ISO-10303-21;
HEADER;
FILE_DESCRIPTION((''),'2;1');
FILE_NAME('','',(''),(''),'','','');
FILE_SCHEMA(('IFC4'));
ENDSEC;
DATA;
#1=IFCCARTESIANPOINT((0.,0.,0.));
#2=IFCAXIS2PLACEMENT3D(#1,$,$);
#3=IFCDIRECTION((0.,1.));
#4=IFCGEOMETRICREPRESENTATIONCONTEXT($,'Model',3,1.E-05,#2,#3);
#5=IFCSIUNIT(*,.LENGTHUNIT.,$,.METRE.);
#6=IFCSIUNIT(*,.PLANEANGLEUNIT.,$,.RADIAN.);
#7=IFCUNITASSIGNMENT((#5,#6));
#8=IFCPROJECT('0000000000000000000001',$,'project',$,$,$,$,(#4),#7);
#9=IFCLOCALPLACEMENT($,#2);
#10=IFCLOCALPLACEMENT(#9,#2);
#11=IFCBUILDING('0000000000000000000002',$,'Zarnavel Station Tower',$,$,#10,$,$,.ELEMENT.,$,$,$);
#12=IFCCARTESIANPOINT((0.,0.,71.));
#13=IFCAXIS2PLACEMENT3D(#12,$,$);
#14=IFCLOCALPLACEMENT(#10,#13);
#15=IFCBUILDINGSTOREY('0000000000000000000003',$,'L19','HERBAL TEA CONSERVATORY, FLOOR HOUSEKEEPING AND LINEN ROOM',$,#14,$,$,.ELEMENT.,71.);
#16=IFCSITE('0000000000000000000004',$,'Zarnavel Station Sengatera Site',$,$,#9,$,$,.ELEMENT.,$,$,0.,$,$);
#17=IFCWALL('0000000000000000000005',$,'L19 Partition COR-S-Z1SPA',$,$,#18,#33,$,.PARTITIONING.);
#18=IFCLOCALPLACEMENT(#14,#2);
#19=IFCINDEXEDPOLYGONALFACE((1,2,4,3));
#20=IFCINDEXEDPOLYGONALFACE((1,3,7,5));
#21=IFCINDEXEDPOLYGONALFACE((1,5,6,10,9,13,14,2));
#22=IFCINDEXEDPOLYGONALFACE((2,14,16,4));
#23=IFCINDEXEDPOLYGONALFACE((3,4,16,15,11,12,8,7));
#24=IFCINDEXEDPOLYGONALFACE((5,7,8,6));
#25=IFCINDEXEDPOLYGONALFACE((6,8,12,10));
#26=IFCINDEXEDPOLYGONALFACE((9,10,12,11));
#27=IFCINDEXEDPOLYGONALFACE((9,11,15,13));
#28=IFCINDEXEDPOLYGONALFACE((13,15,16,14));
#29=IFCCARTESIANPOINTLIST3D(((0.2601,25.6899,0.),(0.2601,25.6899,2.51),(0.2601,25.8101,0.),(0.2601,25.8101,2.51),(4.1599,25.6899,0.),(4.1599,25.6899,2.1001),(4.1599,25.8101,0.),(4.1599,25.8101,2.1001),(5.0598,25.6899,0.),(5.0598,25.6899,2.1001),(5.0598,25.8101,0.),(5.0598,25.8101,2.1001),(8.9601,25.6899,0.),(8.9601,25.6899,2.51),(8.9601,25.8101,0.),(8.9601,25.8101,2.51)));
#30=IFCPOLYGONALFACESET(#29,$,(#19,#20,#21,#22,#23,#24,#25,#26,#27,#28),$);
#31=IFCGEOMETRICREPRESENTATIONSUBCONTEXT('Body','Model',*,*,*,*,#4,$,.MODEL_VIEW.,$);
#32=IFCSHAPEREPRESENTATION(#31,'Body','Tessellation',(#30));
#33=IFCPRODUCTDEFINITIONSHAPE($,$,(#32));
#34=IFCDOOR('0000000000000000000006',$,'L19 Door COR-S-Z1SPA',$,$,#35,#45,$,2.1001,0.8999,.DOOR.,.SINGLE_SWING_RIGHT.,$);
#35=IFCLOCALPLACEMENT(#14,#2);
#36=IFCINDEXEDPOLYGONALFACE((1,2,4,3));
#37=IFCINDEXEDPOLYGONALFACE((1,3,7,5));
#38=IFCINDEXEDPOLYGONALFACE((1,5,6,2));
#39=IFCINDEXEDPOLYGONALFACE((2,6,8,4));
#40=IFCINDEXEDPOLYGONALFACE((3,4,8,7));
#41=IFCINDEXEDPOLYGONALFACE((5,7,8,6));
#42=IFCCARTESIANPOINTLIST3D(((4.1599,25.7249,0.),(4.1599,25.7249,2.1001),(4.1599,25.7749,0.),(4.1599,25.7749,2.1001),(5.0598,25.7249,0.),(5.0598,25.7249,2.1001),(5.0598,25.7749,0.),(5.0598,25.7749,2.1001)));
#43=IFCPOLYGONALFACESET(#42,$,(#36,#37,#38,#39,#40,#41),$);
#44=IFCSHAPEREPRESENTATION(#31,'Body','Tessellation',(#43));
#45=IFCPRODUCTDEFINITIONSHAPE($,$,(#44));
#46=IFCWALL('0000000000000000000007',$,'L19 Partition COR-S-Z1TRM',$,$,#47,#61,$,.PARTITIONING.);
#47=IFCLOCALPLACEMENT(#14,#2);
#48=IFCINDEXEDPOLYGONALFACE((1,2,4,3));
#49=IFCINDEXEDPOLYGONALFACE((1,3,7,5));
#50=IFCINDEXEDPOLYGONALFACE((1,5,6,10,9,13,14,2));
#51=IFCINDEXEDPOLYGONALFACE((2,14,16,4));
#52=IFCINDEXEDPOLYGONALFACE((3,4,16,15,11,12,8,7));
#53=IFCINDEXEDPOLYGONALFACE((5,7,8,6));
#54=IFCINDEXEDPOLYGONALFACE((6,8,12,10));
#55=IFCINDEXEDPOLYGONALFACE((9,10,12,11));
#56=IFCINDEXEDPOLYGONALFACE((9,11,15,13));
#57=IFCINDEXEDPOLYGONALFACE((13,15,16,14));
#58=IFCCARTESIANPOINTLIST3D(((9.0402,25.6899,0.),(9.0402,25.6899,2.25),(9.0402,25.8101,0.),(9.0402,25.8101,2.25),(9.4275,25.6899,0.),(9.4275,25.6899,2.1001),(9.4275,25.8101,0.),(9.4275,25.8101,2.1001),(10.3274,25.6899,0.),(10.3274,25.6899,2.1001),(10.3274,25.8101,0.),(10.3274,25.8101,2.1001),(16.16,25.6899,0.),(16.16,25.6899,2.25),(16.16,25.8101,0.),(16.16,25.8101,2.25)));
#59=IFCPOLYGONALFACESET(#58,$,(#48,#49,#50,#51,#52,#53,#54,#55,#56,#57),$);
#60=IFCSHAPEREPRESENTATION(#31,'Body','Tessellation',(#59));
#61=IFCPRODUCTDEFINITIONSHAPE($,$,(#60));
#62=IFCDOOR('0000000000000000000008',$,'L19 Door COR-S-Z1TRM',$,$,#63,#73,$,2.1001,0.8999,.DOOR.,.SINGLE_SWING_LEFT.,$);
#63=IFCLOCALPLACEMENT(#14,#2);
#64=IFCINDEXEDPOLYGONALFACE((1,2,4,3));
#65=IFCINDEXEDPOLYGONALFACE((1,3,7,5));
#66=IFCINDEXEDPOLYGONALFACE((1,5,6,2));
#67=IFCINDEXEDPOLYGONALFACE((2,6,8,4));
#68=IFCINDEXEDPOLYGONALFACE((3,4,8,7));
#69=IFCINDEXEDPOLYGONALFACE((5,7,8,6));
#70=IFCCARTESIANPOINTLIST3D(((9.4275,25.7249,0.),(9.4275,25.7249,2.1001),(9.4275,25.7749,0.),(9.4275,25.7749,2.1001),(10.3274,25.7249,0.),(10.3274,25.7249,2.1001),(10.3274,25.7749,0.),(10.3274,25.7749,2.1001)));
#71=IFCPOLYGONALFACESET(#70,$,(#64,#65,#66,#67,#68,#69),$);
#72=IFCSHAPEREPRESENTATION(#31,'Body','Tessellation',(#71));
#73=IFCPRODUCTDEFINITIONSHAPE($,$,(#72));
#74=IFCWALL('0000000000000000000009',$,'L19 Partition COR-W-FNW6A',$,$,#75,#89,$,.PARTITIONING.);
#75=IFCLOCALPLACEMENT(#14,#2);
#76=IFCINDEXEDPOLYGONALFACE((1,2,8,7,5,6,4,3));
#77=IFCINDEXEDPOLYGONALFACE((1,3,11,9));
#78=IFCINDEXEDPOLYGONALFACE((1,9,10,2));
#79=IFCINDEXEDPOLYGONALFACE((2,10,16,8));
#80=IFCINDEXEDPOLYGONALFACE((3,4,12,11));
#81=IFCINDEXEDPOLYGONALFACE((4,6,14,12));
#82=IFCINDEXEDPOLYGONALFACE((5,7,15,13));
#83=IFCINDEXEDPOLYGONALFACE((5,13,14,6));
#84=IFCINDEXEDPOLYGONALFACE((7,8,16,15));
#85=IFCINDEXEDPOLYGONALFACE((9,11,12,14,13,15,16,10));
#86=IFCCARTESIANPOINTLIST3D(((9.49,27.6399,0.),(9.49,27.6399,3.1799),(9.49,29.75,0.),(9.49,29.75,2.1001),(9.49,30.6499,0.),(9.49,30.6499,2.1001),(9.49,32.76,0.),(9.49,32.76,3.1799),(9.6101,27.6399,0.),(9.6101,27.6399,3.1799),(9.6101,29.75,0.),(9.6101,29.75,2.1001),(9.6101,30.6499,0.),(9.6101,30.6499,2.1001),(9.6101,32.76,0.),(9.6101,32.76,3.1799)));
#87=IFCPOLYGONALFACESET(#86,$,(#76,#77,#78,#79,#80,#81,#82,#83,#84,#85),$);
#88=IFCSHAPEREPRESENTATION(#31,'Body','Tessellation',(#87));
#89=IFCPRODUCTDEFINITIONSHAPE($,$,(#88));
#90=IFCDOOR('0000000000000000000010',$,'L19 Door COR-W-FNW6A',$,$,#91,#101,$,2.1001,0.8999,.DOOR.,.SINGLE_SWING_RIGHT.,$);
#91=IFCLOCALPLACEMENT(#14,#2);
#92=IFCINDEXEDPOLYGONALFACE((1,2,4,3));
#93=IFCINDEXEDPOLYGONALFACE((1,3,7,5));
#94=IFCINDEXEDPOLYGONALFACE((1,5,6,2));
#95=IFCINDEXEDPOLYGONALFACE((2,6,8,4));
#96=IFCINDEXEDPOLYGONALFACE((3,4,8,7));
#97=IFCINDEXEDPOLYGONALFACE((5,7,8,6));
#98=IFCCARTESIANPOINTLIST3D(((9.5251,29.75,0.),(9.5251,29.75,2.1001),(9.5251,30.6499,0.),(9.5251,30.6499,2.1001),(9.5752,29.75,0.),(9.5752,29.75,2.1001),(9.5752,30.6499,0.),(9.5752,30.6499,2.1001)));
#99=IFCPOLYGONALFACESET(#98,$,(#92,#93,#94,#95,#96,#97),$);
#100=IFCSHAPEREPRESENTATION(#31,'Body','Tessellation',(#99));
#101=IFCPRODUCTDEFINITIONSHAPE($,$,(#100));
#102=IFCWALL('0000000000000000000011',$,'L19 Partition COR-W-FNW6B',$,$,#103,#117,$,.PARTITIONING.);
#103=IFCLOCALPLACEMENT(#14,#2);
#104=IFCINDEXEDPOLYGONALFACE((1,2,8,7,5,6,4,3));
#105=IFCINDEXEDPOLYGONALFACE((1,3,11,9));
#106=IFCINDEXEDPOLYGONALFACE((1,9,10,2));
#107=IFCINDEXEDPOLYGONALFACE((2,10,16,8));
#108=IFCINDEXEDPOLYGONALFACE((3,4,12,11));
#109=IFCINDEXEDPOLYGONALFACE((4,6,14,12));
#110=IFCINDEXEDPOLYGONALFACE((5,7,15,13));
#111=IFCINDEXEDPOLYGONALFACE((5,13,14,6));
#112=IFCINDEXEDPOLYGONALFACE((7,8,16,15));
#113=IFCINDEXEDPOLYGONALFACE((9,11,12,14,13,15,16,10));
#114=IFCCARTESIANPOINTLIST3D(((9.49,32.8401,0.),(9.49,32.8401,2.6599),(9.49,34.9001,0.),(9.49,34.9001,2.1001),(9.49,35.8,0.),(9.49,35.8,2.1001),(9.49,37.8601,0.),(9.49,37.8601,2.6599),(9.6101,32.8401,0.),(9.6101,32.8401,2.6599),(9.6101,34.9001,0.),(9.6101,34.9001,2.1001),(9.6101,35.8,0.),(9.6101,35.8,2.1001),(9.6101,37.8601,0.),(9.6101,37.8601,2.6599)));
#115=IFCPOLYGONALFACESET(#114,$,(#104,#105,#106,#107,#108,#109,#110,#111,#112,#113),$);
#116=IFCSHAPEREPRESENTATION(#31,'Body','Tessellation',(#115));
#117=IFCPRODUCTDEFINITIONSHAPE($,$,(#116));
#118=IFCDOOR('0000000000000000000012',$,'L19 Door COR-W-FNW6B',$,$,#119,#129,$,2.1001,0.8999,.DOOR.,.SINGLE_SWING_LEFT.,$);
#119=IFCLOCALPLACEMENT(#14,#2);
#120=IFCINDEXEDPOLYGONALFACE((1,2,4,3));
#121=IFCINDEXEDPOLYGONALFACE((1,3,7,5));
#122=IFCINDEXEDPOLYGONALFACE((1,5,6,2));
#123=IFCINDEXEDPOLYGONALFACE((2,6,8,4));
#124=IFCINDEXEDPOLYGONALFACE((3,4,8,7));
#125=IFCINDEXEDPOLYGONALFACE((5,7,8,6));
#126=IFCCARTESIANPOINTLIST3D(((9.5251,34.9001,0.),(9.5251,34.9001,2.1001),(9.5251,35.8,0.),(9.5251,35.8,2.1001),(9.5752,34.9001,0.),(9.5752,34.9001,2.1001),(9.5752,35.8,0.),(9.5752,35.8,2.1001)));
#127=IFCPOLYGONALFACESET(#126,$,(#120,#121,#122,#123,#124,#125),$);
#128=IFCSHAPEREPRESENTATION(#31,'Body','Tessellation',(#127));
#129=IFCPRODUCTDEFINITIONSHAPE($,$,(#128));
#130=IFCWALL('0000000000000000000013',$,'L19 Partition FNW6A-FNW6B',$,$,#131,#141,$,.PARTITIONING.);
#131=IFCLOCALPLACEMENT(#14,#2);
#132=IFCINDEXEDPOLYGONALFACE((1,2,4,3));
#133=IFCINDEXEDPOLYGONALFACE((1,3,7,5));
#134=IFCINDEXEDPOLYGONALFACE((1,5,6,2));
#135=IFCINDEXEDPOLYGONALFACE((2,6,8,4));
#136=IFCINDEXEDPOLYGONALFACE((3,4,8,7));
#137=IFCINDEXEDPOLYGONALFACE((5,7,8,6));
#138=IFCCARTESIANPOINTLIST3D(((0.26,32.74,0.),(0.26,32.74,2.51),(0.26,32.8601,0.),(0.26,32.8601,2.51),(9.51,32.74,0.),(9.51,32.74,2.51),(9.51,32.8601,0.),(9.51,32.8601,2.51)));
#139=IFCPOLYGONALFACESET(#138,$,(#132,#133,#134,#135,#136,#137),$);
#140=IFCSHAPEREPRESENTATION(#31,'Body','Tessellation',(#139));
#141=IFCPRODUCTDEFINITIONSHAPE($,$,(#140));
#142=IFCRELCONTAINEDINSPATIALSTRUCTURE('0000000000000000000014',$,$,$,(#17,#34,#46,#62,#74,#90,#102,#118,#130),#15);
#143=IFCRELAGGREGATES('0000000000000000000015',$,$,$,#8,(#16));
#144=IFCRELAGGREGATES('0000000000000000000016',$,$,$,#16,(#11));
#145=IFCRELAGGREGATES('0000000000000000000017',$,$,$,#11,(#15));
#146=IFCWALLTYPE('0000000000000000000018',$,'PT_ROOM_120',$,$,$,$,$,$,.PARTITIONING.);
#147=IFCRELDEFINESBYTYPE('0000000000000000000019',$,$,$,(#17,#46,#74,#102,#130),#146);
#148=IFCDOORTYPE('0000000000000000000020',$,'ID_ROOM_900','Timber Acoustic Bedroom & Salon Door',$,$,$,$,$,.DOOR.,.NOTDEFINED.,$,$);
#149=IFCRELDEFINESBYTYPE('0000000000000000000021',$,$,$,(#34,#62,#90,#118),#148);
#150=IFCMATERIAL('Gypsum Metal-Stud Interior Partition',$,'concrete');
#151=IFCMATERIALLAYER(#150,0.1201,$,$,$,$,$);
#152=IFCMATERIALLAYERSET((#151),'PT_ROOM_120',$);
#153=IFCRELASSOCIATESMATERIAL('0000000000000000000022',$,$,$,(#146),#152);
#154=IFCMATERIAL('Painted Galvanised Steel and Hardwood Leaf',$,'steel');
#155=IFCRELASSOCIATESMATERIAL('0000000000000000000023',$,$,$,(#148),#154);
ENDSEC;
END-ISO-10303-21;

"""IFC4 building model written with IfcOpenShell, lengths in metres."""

from ifc_helpers import new_model, si_unit, direction, frame, frame_2d, origin, place, context, subcontext, project, spatial, rectangle, extrude, material, layer, layer_set, type_object, element, fill, save


model = new_model("IFC4")

# Units and contexts
model_context = context("Model", 3, precision=1e-05, world=origin(), true_north=direction((0.0, 1.0)))
body_context = subcontext(model_context, "Body", "Model", "MODEL_VIEW")
ifc_project = project(units=[si_unit("LENGTHUNIT", "METRE"), si_unit("PLANEANGLEUNIT", "RADIAN")], contexts=[model_context])

# Site, building, storey
site_placement = place(None, origin())
site = spatial("IfcSite", under=ifc_project, at=site_placement, Name="Zarnavel Station Sengatera Site", CompositionType="ELEMENT", RefElevation=0.0)
building_placement = place(site_placement, origin())
building = spatial("IfcBuilding", under=site, at=building_placement, Name="Zarnavel Station Tower", CompositionType="ELEMENT")
storey_placement = place(building_placement, frame((0.0, 0.0, 71.0)))
storey = spatial("IfcBuildingStorey", under=building, at=storey_placement, Name="L19", Description="HERBAL TEA CONSERVATORY, FLOOR HOUSEKEEPING AND LINEN ROOM", CompositionType="ELEMENT", Elevation=71.0)

# Walls, openings, doors
ifc_material_1 = material(Name="Gypsum Metal-Stud Interior Partition", Category="concrete")
ifc_layer_1 = layer(ifc_material_1, 0.1201)
ifc_layer_set_1 = layer_set([ifc_layer_1], Name="PT_ROOM_120")
wall_type_1 = type_object("IfcWallType", Name="PT_ROOM_120", PredefinedType="PARTITIONING", material=ifc_layer_set_1)
ifc_material_2 = material(Name="Painted Galvanised Steel and Hardwood Leaf", Category="steel")
door_type = type_object("IfcDoorType", Name="ID_ROOM_900", Description="Timber Acoustic Bedroom & Salon Door", OperationType="NOTDEFINED", PredefinedType="DOOR", material=ifc_material_2)
wall_1_placement = place(storey_placement, frame((0.26, 25.75, 0.0), z_axis=(0.0, 0.0, 1.0), x_axis=(1.0, 0.0, 0.0)))
wall_1 = element("IfcWall", 1, at=wall_1_placement, inside=storey, type_object=wall_type_1, Name="L19 Partition COR-S-Z1SPA", PredefinedType="PARTITIONING", context=body_context, shape_type="SweptSolid", body=[
    extrude(rectangle(XDim=8.7, YDim=0.1201, at=frame_2d((4.3501, 0.0))), origin(), (0.0, 0.0, 1.0), 2.51),
])
opening_1_placement = place(wall_1_placement, frame((3.8999, 0.0, 0.0)))
opening_1 = element("IfcOpeningElement", 2, at=opening_1_placement, cuts=wall_1, PredefinedType="OPENING", context=body_context, shape_type="SweptSolid", body=[
    extrude(rectangle(XDim=0.8999, YDim=2.1001, at=frame_2d((0.45, 1.05))), frame((0.0, 0.0701, 0.0), z_axis=(0.0, -1.0, 0.0), x_axis=(1.0, 0.0, 0.0)), (0.0, 0.0, 1.0), 0.1401),
])
door_1_placement = place(opening_1_placement, origin())
door_1 = element("IfcDoor", 3, at=door_1_placement, inside=storey, type_object=door_type, Name="L19 Door COR-S-Z1SPA", OperationType="SINGLE_SWING_RIGHT", OverallHeight=2.1001, OverallWidth=0.8999, PredefinedType="DOOR", context=body_context, shape_type="SweptSolid", body=[
    extrude(rectangle(XDim=0.8999, YDim=2.1001, at=frame_2d((0.45, 1.05))), frame((0.0, 0.0249, 0.0), z_axis=(0.0, -1.0, 0.0), x_axis=(1.0, 0.0, 0.0)), (0.0, 0.0, 1.0), 0.05),
])
fill(opening_1, door_1)
wall_2_placement = place(storey_placement, frame((9.04, 25.75, 0.0), z_axis=(0.0, 0.0, 1.0), x_axis=(1.0, 0.0, 0.0)))
wall_2 = element("IfcWall", 4, at=wall_2_placement, inside=storey, type_object=wall_type_1, Name="L19 Partition COR-S-Z1TRM", PredefinedType="PARTITIONING", context=body_context, shape_type="SweptSolid", body=[
    extrude(rectangle(XDim=7.1199, YDim=0.1201, at=frame_2d((3.5601, 0.0))), origin(), (0.0, 0.0, 1.0), 2.25),
])
opening_2_placement = place(wall_2_placement, frame((0.3875, 0.0, 0.0)))
opening_2 = element("IfcOpeningElement", 5, at=opening_2_placement, cuts=wall_2, PredefinedType="OPENING", context=body_context, shape_type="SweptSolid", body=[
    extrude(rectangle(XDim=0.8999, YDim=2.1001, at=frame_2d((0.45, 1.05))), frame((0.0, 0.0701, 0.0), z_axis=(0.0, -1.0, 0.0), x_axis=(1.0, 0.0, 0.0)), (0.0, 0.0, 1.0), 0.1401),
])
door_2_placement = place(opening_2_placement, origin())
door_2 = element("IfcDoor", 6, at=door_2_placement, inside=storey, type_object=door_type, Name="L19 Door COR-S-Z1TRM", OperationType="SINGLE_SWING_LEFT", OverallHeight=2.1001, OverallWidth=0.8999, PredefinedType="DOOR", context=body_context, shape_type="SweptSolid", body=[
    extrude(rectangle(XDim=0.8999, YDim=2.1001, at=frame_2d((0.45, 1.05))), frame((0.0, 0.0249, 0.0), z_axis=(0.0, -1.0, 0.0), x_axis=(1.0, 0.0, 0.0)), (0.0, 0.0, 1.0), 0.05),
])
fill(opening_2, door_2)
wall_3_placement = place(storey_placement, frame((9.55, 27.6399, 0.0), z_axis=(0.0, 0.0, 1.0), x_axis=(0.0, 1.0, 0.0)))
wall_3 = element("IfcWall", 7, at=wall_3_placement, inside=storey, type_object=wall_type_1, Name="L19 Partition COR-W-FNW6A", PredefinedType="PARTITIONING", context=body_context, shape_type="SweptSolid", body=[
    extrude(rectangle(XDim=5.1201, YDim=0.1201, at=frame_2d((2.5601, 0.0))), origin(), (0.0, 0.0, 1.0), 3.1799),
])
opening_3_placement = place(wall_3_placement, frame((2.1101, 0.0, 0.0)))
opening_3 = element("IfcOpeningElement", 8, at=opening_3_placement, cuts=wall_3, PredefinedType="OPENING", context=body_context, shape_type="SweptSolid", body=[
    extrude(rectangle(XDim=0.8999, YDim=2.1001, at=frame_2d((0.45, 1.05))), frame((0.0, 0.0701, 0.0), z_axis=(0.0, -1.0, 0.0), x_axis=(1.0, 0.0, 0.0)), (0.0, 0.0, 1.0), 0.1401),
])
door_3_placement = place(opening_3_placement, origin())
door_3 = element("IfcDoor", 9, at=door_3_placement, inside=storey, type_object=door_type, Name="L19 Door COR-W-FNW6A", OperationType="SINGLE_SWING_RIGHT", OverallHeight=2.1001, OverallWidth=0.8999, PredefinedType="DOOR", context=body_context, shape_type="SweptSolid", body=[
    extrude(rectangle(XDim=0.8999, YDim=2.1001, at=frame_2d((0.45, 1.05))), frame((0.0, 0.0249, 0.0), z_axis=(0.0, -1.0, 0.0), x_axis=(1.0, 0.0, 0.0)), (0.0, 0.0, 1.0), 0.05),
])
fill(opening_3, door_3)
wall_4_placement = place(storey_placement, frame((9.55, 32.8401, 0.0), z_axis=(0.0, 0.0, 1.0), x_axis=(0.0, 1.0, 0.0)))
wall_4 = element("IfcWall", 10, at=wall_4_placement, inside=storey, type_object=wall_type_1, Name="L19 Partition COR-W-FNW6B", PredefinedType="PARTITIONING", context=body_context, shape_type="SweptSolid", body=[
    extrude(rectangle(XDim=5.02, YDim=0.1201, at=frame_2d((2.51, 0.0))), origin(), (0.0, 0.0, 1.0), 2.6599),
])
opening_4_placement = place(wall_4_placement, frame((2.0601, 0.0, 0.0)))
opening_4 = element("IfcOpeningElement", 11, at=opening_4_placement, cuts=wall_4, PredefinedType="OPENING", context=body_context, shape_type="SweptSolid", body=[
    extrude(rectangle(XDim=0.8999, YDim=2.1001, at=frame_2d((0.45, 1.05))), frame((0.0, 0.0701, 0.0), z_axis=(0.0, -1.0, 0.0), x_axis=(1.0, 0.0, 0.0)), (0.0, 0.0, 1.0), 0.1401),
])
door_4_placement = place(opening_4_placement, origin())
door_4 = element("IfcDoor", 12, at=door_4_placement, inside=storey, type_object=door_type, Name="L19 Door COR-W-FNW6B", OperationType="SINGLE_SWING_LEFT", OverallHeight=2.1001, OverallWidth=0.8999, PredefinedType="DOOR", context=body_context, shape_type="SweptSolid", body=[
    extrude(rectangle(XDim=0.8999, YDim=2.1001, at=frame_2d((0.45, 1.05))), frame((0.0, 0.0249, 0.0), z_axis=(0.0, -1.0, 0.0), x_axis=(1.0, 0.0, 0.0)), (0.0, 0.0, 1.0), 0.05),
])
fill(opening_4, door_4)

# Wall
wall_5_placement = place(storey_placement, frame((0.26, 32.8, 0.0), z_axis=(0.0, 0.0, 1.0), x_axis=(1.0, 0.0, 0.0)))
element("IfcWall", 13, at=wall_5_placement, inside=storey, type_object=wall_type_1, Name="L19 Partition FNW6A-FNW6B", PredefinedType="PARTITIONING", context=body_context, shape_type="SweptSolid", body=[
    extrude(rectangle(XDim=9.25, YDim=0.1201, at=frame_2d((4.625, 0.0))), origin(), (0.0, 0.0, 1.0), 2.51),
])

save(model, "model.ifc")
